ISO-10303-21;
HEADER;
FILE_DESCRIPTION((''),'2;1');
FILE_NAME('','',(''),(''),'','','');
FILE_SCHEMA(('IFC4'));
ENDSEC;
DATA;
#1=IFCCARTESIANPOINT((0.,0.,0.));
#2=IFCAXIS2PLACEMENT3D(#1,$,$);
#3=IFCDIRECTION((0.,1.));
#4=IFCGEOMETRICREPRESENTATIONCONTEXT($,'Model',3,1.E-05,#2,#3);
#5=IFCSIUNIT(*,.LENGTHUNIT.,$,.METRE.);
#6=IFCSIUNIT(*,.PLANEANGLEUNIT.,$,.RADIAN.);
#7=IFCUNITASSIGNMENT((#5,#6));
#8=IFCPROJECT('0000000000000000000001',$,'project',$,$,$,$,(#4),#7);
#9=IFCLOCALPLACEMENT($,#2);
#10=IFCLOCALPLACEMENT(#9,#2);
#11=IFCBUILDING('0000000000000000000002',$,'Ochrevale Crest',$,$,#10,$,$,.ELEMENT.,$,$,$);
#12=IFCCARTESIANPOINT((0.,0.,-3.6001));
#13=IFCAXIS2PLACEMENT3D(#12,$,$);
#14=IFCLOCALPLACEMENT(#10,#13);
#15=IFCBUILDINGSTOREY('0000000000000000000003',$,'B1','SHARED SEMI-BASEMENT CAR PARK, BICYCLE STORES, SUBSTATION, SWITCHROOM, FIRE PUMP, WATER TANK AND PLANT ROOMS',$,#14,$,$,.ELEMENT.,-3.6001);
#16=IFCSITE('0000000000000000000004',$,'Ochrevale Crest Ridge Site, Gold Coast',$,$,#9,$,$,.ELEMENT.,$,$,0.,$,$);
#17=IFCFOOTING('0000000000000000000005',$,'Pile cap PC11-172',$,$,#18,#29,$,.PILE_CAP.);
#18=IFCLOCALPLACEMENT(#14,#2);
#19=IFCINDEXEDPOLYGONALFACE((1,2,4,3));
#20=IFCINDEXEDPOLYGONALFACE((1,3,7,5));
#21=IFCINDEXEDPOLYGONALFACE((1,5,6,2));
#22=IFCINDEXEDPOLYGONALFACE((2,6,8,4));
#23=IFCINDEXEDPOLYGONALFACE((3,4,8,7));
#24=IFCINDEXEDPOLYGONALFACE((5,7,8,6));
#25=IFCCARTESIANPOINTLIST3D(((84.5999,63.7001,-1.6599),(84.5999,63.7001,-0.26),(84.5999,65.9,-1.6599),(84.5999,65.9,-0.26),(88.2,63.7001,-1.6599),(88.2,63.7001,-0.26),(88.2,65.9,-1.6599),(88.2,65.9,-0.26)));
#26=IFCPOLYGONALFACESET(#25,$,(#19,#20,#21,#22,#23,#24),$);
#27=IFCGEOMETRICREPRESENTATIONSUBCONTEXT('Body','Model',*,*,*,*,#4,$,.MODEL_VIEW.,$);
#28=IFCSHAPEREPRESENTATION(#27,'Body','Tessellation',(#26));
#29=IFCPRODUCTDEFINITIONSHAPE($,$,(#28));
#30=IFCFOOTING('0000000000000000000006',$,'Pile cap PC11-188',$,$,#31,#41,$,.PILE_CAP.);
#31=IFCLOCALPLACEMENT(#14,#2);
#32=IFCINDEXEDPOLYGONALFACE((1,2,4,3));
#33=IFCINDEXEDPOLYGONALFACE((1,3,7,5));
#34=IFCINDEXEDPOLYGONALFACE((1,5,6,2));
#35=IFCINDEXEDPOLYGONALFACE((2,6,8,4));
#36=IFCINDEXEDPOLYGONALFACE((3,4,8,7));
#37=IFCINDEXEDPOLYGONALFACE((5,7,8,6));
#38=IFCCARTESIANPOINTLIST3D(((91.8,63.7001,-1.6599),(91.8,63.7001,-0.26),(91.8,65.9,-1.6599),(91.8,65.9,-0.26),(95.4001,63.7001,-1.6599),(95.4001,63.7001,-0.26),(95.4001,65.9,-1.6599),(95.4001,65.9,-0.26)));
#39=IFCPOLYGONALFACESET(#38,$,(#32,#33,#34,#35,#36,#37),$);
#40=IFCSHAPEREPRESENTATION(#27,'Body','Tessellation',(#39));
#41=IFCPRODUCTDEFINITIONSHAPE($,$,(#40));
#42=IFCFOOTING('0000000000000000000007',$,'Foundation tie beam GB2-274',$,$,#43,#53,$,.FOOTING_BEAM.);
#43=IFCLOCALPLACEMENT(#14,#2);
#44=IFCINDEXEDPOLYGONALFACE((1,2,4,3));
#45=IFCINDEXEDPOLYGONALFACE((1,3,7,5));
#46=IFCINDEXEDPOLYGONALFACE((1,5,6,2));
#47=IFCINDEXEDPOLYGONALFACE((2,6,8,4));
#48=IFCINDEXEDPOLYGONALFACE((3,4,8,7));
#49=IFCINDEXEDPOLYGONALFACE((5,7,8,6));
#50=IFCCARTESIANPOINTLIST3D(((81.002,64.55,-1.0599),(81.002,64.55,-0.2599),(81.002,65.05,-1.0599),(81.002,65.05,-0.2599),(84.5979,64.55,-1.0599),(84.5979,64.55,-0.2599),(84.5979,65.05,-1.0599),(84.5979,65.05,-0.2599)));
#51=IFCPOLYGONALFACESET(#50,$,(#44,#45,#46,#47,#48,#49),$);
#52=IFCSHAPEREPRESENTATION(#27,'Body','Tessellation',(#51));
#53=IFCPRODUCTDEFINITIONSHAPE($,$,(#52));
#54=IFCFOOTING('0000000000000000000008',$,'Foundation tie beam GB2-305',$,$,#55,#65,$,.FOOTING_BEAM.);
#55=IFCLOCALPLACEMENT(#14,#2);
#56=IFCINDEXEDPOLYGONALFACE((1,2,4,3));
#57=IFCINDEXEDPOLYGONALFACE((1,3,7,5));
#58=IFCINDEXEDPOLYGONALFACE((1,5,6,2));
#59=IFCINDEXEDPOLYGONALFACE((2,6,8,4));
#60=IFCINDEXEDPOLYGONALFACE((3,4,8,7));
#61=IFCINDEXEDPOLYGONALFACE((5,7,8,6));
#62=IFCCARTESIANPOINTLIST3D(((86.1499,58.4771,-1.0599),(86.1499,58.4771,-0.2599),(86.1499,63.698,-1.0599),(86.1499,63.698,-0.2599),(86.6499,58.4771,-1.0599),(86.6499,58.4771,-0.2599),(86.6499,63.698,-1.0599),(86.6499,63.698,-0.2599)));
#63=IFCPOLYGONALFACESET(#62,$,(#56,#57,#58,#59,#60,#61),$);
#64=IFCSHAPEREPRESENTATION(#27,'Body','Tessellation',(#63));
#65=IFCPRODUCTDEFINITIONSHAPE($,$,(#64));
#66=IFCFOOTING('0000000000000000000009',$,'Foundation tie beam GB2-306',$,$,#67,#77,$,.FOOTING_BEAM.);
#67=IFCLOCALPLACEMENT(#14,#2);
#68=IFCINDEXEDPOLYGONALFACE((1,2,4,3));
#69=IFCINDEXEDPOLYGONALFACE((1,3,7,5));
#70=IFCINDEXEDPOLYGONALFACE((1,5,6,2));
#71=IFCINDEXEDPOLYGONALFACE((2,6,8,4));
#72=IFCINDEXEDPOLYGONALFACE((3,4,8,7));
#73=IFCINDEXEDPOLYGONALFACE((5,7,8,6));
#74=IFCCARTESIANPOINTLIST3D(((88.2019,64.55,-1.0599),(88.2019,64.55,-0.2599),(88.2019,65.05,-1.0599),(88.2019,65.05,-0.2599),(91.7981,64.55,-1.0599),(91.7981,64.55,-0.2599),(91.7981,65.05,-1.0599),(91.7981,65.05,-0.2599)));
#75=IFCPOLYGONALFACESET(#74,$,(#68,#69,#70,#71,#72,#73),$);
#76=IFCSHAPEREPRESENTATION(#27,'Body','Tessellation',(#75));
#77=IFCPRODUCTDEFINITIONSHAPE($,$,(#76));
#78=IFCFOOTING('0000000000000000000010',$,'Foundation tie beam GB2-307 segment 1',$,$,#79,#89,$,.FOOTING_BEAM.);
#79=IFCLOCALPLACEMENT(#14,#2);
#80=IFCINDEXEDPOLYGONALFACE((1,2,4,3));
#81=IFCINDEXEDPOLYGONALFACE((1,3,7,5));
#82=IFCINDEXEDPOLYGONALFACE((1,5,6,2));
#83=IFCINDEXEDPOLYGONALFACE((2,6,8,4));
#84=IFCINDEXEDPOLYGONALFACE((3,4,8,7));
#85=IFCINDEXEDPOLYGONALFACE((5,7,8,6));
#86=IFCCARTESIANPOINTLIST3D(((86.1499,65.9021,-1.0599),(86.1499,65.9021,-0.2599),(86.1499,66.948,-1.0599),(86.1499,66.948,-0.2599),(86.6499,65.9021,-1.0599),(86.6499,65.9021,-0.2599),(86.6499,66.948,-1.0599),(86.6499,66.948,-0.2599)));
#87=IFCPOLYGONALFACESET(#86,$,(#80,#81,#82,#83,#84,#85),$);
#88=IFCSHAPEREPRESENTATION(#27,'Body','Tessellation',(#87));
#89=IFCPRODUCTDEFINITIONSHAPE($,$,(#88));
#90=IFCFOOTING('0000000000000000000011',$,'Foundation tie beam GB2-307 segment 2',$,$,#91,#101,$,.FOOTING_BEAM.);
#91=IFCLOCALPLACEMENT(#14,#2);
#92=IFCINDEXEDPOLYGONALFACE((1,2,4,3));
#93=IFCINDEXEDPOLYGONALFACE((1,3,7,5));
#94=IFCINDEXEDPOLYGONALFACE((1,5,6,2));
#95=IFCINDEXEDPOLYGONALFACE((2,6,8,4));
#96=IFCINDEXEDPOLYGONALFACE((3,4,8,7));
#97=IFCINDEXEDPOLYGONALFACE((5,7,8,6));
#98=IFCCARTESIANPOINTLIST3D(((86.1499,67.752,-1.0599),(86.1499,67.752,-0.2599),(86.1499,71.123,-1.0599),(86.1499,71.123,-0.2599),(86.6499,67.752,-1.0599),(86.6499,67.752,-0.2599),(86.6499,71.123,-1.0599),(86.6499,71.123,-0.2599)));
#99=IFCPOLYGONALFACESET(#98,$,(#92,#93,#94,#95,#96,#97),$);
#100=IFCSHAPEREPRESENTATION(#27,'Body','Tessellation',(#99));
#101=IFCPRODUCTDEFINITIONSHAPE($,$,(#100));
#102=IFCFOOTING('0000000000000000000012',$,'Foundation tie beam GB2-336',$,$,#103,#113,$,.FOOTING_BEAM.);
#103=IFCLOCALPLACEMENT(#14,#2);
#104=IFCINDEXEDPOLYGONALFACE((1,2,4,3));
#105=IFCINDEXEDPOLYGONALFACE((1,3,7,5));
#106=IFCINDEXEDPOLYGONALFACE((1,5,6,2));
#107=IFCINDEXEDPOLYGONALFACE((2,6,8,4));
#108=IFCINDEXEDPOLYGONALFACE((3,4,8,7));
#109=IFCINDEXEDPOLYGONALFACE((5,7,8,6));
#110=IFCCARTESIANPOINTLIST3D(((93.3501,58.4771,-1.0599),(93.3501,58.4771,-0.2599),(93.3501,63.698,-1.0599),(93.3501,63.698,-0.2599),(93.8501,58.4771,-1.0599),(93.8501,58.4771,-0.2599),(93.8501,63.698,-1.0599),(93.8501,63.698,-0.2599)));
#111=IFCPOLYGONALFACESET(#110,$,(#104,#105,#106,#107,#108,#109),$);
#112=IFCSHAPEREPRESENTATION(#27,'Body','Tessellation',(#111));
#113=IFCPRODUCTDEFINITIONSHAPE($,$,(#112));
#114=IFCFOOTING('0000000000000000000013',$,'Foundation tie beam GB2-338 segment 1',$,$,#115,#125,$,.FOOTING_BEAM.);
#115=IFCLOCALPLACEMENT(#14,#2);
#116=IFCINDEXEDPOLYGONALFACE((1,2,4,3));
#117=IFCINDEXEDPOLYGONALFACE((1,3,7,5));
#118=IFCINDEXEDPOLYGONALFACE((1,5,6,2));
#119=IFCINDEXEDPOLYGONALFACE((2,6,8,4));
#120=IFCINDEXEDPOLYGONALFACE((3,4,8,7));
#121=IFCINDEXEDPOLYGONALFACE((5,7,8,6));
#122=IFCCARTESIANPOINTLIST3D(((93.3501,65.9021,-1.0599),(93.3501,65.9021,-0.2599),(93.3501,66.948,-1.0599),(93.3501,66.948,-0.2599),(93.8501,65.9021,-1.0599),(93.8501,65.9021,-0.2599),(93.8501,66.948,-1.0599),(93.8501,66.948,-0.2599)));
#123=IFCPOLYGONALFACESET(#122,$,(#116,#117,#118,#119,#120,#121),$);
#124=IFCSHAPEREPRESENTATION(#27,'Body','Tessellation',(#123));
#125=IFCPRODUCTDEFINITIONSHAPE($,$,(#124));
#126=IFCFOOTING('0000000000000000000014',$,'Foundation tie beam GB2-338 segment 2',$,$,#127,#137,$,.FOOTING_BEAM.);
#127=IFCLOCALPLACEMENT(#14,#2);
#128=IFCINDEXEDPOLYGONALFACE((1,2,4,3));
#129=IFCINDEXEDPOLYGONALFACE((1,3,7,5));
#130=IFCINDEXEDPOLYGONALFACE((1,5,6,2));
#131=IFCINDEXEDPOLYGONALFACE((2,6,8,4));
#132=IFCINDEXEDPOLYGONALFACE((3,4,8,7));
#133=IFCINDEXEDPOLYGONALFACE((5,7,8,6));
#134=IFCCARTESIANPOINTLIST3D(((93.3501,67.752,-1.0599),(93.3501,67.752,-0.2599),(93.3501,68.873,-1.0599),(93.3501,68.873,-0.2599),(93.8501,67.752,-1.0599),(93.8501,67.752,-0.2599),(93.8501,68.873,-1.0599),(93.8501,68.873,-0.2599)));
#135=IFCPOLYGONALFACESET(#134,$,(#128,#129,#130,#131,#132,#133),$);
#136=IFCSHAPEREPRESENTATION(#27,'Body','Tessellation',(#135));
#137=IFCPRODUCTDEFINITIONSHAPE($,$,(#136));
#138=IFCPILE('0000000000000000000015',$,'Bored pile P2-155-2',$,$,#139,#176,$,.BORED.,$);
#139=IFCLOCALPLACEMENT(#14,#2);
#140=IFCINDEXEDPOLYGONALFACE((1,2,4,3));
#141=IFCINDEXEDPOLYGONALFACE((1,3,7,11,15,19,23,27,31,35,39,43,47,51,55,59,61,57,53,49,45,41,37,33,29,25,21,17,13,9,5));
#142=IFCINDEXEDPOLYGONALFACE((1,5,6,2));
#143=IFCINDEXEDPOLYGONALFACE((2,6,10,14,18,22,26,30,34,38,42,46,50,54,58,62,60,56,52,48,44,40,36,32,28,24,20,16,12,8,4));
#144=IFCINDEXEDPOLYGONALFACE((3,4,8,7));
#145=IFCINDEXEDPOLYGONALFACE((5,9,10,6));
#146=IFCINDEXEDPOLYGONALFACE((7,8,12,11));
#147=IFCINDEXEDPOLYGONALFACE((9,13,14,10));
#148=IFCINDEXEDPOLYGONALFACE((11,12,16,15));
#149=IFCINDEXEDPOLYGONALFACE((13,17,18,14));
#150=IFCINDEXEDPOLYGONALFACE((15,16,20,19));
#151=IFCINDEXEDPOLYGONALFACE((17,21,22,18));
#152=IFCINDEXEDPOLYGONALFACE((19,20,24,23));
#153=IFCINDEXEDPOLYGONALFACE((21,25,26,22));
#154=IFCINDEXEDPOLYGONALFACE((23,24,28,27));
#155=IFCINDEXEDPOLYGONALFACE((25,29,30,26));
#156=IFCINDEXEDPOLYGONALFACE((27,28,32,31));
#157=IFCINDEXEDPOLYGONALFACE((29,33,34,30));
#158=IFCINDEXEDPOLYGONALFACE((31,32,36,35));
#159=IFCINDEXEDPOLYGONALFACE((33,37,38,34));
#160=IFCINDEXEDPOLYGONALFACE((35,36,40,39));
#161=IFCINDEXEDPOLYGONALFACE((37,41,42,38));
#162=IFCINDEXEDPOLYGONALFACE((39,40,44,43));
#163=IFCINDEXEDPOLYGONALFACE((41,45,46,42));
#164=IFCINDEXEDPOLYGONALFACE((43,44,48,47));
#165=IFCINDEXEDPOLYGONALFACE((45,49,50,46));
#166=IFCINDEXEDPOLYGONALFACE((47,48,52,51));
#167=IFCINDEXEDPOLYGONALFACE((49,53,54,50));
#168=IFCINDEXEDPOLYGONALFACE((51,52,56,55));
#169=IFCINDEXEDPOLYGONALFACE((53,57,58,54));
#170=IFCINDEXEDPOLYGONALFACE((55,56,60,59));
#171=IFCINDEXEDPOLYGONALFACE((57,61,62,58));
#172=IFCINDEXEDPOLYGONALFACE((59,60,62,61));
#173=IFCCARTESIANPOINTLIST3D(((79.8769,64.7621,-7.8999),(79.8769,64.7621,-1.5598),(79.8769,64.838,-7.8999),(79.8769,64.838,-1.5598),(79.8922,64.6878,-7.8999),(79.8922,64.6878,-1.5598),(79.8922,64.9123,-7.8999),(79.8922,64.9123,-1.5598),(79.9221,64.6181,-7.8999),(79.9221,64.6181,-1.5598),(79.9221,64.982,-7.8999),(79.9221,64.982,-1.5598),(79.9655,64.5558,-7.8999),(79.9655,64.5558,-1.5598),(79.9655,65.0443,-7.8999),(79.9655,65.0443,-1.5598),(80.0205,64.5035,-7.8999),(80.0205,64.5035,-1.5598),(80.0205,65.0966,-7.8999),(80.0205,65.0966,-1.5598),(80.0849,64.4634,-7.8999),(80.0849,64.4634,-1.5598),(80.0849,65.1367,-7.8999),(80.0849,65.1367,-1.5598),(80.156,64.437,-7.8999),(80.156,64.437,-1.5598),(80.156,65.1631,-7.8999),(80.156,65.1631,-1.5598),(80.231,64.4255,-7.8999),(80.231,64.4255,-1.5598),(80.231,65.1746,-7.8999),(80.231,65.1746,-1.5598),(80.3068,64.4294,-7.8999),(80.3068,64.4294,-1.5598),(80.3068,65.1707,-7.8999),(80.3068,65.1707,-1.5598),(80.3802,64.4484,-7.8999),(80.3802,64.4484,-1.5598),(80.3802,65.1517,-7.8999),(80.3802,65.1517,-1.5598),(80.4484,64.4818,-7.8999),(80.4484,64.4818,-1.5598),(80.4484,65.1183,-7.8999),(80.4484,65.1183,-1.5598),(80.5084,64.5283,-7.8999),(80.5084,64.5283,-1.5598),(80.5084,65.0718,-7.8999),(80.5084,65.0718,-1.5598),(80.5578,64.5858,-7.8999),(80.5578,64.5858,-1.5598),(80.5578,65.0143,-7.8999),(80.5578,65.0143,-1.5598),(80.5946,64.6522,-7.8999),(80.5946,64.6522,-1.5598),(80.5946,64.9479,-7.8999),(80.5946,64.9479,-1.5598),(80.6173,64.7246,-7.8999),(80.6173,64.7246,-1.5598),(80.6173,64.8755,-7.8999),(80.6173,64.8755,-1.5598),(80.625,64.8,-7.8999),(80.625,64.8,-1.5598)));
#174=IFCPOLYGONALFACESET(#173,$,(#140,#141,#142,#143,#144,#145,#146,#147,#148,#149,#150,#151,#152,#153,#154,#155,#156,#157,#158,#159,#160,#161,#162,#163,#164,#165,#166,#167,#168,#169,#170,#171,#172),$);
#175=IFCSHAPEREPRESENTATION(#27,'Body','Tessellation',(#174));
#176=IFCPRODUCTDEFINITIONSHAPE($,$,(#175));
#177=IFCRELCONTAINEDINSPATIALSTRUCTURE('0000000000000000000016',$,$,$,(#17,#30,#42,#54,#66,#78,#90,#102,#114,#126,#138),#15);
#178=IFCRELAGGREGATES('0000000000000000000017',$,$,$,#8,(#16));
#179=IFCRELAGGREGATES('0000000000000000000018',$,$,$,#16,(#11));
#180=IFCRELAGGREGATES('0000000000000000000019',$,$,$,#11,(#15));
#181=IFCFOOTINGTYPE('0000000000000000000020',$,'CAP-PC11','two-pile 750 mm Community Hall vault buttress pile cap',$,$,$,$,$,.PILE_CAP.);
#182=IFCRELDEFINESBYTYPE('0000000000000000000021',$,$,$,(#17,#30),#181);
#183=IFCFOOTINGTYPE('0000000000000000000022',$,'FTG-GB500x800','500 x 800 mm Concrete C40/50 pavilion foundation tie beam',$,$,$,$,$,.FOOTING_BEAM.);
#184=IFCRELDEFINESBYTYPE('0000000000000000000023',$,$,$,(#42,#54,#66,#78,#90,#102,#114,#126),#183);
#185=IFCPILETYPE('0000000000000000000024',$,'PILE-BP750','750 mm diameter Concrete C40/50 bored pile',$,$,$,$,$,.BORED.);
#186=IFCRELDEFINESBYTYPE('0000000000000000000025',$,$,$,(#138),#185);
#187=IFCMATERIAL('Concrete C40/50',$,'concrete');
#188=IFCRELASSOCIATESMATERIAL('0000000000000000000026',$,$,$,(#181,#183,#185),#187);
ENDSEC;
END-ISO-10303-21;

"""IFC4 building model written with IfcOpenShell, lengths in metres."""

from ifc_helpers import new_model, si_unit, direction, frame, origin, origin_2d, place, context, subcontext, project, spatial, rectangle, circle, extrude, material, material_profile, profile_set, type_object, element, save


model = new_model("IFC4")

# Units and contexts
model_context = context("Model", 3, precision=1e-05, world=origin(), true_north=direction((0.0, 1.0)))
body_context = subcontext(model_context, "Body", "Model", "MODEL_VIEW")
ifc_project = project(units=[si_unit("LENGTHUNIT", "METRE"), si_unit("PLANEANGLEUNIT", "RADIAN")], contexts=[model_context])

# Site, building, storey
site_placement = place(None, origin())
site = spatial("IfcSite", under=ifc_project, at=site_placement, Name="Ochrevale Crest Ridge Site, Gold Coast", CompositionType="ELEMENT", RefElevation=0.0)
building_placement = place(site_placement, origin())
building = spatial("IfcBuilding", under=site, at=building_placement, Name="Ochrevale Crest", CompositionType="ELEMENT")
storey_placement = place(building_placement, frame((0.0, 0.0, -3.6001)))
storey = spatial("IfcBuildingStorey", under=building, at=storey_placement, Name="B1", Description="SHARED SEMI-BASEMENT CAR PARK, BICYCLE STORES, SUBSTATION, SWITCHROOM, FIRE PUMP, WATER TANK AND PLANT ROOMS", CompositionType="ELEMENT", Elevation=-3.6001)

# Footings
ifc_material_1 = material(Name="Concrete C40/50", Category="concrete")
footing_type_1 = type_object("IfcFootingType", Name="CAP-PC11", Description="two-pile 750 mm Community Hall vault buttress pile cap", PredefinedType="PILE_CAP", material=ifc_material_1)
for number, where, z_axis, x_axis, name in (
    (1, (86.3999, 64.8, -1.6599), (0.0, 0.0, 1.0), (1.0, 0.0, 0.0), "Pile cap PC11-172"),
    (2, (93.6001, 64.8, -1.6599), (0.0, 0.0, 1.0), (1.0, 0.0, 0.0), "Pile cap PC11-188"),
):
    element("IfcFooting", number, at=place(storey_placement, frame(where, z_axis=z_axis, x_axis=x_axis)), inside=storey, type_object=footing_type_1, Name=name, PredefinedType="PILE_CAP", context=body_context, shape_type="SweptSolid", body=[
        extrude(rectangle(XDim=3.6001, YDim=2.2, at=origin_2d()), origin(), (0.0, 0.0, 1.0), 1.3999),
    ])
ifc_material_profile_1 = material_profile(ifc_material_1, rectangle(XDim=0.5, YDim=0.8, at=origin_2d()), Name="GB 500x800")
ifc_profile_set_1 = profile_set([ifc_material_profile_1], Name="Concrete C40/50")
footing_type_2 = type_object("IfcFootingType", Name="FTG-GB500x800", Description="500 x 800 mm Concrete C40/50 pavilion foundation tie beam", PredefinedType="FOOTING_BEAM", material=ifc_profile_set_1)
footing_1_placement = place(storey_placement, frame((81.002, 64.8, -0.6599), z_axis=(1.0, 0.0, 0.0), x_axis=(0.0, 1.0, 0.0)))
element("IfcFooting", 3, at=footing_1_placement, inside=storey, type_object=footing_type_2, Name="Foundation tie beam GB2-274", PredefinedType="FOOTING_BEAM", context=body_context, shape_type="SweptSolid", body=[
    extrude(rectangle(XDim=0.5, YDim=0.8, at=origin_2d()), origin(), (0.0, 0.0, 1.0), 3.5959),
])
footing_2_placement = place(storey_placement, frame((86.3999, 58.4771, -0.6599), z_axis=(0.0, 1.0, 0.0), x_axis=(-1.0, 0.0, 0.0)))
element("IfcFooting", 4, at=footing_2_placement, inside=storey, type_object=footing_type_2, Name="Foundation tie beam GB2-305", PredefinedType="FOOTING_BEAM", context=body_context, shape_type="SweptSolid", body=[
    extrude(rectangle(XDim=0.5, YDim=0.8, at=origin_2d()), origin(), (0.0, 0.0, 1.0), 5.2209),
])
footing_3_placement = place(storey_placement, frame((88.2019, 64.8, -0.6599), z_axis=(1.0, 0.0, 0.0), x_axis=(0.0, 1.0, 0.0)))
element("IfcFooting", 5, at=footing_3_placement, inside=storey, type_object=footing_type_2, Name="Foundation tie beam GB2-306", PredefinedType="FOOTING_BEAM", context=body_context, shape_type="SweptSolid", body=[
    extrude(rectangle(XDim=0.5, YDim=0.8, at=origin_2d()), origin(), (0.0, 0.0, 1.0), 3.5962),
])
footing_4_placement = place(storey_placement, frame((86.3999, 65.9021, -0.6599), z_axis=(0.0, 1.0, 0.0), x_axis=(-1.0, 0.0, 0.0)))
element("IfcFooting", 6, at=footing_4_placement, inside=storey, type_object=footing_type_2, Name="Foundation tie beam GB2-307 segment 1", PredefinedType="FOOTING_BEAM", context=body_context, shape_type="SweptSolid", body=[
    extrude(rectangle(XDim=0.5, YDim=0.8, at=origin_2d()), origin(), (0.0, 0.0, 1.0), 1.0459),
])
footing_5_placement = place(storey_placement, frame((86.3999, 67.752, -0.6599), z_axis=(0.0, 1.0, 0.0), x_axis=(-1.0, 0.0, 0.0)))
element("IfcFooting", 7, at=footing_5_placement, inside=storey, type_object=footing_type_2, Name="Foundation tie beam GB2-307 segment 2", PredefinedType="FOOTING_BEAM", context=body_context, shape_type="SweptSolid", body=[
    extrude(rectangle(XDim=0.5, YDim=0.8, at=origin_2d()), origin(), (0.0, 0.0, 1.0), 3.3711),
])
footing_6_placement = place(storey_placement, frame((93.6001, 58.4771, -0.6599), z_axis=(0.0, 1.0, 0.0), x_axis=(-1.0, 0.0, 0.0)))
element("IfcFooting", 8, at=footing_6_placement, inside=storey, type_object=footing_type_2, Name="Foundation tie beam GB2-336", PredefinedType="FOOTING_BEAM", context=body_context, shape_type="SweptSolid", body=[
    extrude(rectangle(XDim=0.5, YDim=0.8, at=origin_2d()), origin(), (0.0, 0.0, 1.0), 5.2209),
])
footing_7_placement = place(storey_placement, frame((93.6001, 65.9021, -0.6599), z_axis=(0.0, 1.0, 0.0), x_axis=(-1.0, 0.0, 0.0)))
element("IfcFooting", 9, at=footing_7_placement, inside=storey, type_object=footing_type_2, Name="Foundation tie beam GB2-338 segment 1", PredefinedType="FOOTING_BEAM", context=body_context, shape_type="SweptSolid", body=[
    extrude(rectangle(XDim=0.5, YDim=0.8, at=origin_2d()), origin(), (0.0, 0.0, 1.0), 1.0459),
])
footing_8_placement = place(storey_placement, frame((93.6001, 67.752, -0.6599), z_axis=(0.0, 1.0, 0.0), x_axis=(-1.0, 0.0, 0.0)))
element("IfcFooting", 10, at=footing_8_placement, inside=storey, type_object=footing_type_2, Name="Foundation tie beam GB2-338 segment 2", PredefinedType="FOOTING_BEAM", context=body_context, shape_type="SweptSolid", body=[
    extrude(rectangle(XDim=0.5, YDim=0.8, at=origin_2d()), origin(), (0.0, 0.0, 1.0), 1.1211),
])

# Pile
ifc_material_profile_2 = material_profile(ifc_material_1, circle(Radius=0.375, at=origin_2d()), Name="BORED PILE 750")
ifc_profile_set_2 = profile_set([ifc_material_profile_2], Name="Concrete C40/50")
pile_type = type_object("IfcPileType", Name="PILE-BP750", Description="750 mm diameter Concrete C40/50 bored pile", PredefinedType="BORED", material=ifc_profile_set_2)
for number, where, z_axis, x_axis, name in (
    (11, (80.25, 64.8, -1.5598), (0.0, 0.0, -1.0), (1.0, 0.0, 0.0), "Bored pile P2-155-2"),
):
    element("IfcPile", number, at=place(storey_placement, frame(where, z_axis=z_axis, x_axis=x_axis)), inside=storey, type_object=pile_type, Name=name, PredefinedType="BORED", context=body_context, shape_type="SweptSolid", body=[
        extrude(circle(Radius=0.375, at=origin_2d()), origin(), (0.0, 0.0, 1.0), 6.3401),
    ])

save(model, "model.ifc")
